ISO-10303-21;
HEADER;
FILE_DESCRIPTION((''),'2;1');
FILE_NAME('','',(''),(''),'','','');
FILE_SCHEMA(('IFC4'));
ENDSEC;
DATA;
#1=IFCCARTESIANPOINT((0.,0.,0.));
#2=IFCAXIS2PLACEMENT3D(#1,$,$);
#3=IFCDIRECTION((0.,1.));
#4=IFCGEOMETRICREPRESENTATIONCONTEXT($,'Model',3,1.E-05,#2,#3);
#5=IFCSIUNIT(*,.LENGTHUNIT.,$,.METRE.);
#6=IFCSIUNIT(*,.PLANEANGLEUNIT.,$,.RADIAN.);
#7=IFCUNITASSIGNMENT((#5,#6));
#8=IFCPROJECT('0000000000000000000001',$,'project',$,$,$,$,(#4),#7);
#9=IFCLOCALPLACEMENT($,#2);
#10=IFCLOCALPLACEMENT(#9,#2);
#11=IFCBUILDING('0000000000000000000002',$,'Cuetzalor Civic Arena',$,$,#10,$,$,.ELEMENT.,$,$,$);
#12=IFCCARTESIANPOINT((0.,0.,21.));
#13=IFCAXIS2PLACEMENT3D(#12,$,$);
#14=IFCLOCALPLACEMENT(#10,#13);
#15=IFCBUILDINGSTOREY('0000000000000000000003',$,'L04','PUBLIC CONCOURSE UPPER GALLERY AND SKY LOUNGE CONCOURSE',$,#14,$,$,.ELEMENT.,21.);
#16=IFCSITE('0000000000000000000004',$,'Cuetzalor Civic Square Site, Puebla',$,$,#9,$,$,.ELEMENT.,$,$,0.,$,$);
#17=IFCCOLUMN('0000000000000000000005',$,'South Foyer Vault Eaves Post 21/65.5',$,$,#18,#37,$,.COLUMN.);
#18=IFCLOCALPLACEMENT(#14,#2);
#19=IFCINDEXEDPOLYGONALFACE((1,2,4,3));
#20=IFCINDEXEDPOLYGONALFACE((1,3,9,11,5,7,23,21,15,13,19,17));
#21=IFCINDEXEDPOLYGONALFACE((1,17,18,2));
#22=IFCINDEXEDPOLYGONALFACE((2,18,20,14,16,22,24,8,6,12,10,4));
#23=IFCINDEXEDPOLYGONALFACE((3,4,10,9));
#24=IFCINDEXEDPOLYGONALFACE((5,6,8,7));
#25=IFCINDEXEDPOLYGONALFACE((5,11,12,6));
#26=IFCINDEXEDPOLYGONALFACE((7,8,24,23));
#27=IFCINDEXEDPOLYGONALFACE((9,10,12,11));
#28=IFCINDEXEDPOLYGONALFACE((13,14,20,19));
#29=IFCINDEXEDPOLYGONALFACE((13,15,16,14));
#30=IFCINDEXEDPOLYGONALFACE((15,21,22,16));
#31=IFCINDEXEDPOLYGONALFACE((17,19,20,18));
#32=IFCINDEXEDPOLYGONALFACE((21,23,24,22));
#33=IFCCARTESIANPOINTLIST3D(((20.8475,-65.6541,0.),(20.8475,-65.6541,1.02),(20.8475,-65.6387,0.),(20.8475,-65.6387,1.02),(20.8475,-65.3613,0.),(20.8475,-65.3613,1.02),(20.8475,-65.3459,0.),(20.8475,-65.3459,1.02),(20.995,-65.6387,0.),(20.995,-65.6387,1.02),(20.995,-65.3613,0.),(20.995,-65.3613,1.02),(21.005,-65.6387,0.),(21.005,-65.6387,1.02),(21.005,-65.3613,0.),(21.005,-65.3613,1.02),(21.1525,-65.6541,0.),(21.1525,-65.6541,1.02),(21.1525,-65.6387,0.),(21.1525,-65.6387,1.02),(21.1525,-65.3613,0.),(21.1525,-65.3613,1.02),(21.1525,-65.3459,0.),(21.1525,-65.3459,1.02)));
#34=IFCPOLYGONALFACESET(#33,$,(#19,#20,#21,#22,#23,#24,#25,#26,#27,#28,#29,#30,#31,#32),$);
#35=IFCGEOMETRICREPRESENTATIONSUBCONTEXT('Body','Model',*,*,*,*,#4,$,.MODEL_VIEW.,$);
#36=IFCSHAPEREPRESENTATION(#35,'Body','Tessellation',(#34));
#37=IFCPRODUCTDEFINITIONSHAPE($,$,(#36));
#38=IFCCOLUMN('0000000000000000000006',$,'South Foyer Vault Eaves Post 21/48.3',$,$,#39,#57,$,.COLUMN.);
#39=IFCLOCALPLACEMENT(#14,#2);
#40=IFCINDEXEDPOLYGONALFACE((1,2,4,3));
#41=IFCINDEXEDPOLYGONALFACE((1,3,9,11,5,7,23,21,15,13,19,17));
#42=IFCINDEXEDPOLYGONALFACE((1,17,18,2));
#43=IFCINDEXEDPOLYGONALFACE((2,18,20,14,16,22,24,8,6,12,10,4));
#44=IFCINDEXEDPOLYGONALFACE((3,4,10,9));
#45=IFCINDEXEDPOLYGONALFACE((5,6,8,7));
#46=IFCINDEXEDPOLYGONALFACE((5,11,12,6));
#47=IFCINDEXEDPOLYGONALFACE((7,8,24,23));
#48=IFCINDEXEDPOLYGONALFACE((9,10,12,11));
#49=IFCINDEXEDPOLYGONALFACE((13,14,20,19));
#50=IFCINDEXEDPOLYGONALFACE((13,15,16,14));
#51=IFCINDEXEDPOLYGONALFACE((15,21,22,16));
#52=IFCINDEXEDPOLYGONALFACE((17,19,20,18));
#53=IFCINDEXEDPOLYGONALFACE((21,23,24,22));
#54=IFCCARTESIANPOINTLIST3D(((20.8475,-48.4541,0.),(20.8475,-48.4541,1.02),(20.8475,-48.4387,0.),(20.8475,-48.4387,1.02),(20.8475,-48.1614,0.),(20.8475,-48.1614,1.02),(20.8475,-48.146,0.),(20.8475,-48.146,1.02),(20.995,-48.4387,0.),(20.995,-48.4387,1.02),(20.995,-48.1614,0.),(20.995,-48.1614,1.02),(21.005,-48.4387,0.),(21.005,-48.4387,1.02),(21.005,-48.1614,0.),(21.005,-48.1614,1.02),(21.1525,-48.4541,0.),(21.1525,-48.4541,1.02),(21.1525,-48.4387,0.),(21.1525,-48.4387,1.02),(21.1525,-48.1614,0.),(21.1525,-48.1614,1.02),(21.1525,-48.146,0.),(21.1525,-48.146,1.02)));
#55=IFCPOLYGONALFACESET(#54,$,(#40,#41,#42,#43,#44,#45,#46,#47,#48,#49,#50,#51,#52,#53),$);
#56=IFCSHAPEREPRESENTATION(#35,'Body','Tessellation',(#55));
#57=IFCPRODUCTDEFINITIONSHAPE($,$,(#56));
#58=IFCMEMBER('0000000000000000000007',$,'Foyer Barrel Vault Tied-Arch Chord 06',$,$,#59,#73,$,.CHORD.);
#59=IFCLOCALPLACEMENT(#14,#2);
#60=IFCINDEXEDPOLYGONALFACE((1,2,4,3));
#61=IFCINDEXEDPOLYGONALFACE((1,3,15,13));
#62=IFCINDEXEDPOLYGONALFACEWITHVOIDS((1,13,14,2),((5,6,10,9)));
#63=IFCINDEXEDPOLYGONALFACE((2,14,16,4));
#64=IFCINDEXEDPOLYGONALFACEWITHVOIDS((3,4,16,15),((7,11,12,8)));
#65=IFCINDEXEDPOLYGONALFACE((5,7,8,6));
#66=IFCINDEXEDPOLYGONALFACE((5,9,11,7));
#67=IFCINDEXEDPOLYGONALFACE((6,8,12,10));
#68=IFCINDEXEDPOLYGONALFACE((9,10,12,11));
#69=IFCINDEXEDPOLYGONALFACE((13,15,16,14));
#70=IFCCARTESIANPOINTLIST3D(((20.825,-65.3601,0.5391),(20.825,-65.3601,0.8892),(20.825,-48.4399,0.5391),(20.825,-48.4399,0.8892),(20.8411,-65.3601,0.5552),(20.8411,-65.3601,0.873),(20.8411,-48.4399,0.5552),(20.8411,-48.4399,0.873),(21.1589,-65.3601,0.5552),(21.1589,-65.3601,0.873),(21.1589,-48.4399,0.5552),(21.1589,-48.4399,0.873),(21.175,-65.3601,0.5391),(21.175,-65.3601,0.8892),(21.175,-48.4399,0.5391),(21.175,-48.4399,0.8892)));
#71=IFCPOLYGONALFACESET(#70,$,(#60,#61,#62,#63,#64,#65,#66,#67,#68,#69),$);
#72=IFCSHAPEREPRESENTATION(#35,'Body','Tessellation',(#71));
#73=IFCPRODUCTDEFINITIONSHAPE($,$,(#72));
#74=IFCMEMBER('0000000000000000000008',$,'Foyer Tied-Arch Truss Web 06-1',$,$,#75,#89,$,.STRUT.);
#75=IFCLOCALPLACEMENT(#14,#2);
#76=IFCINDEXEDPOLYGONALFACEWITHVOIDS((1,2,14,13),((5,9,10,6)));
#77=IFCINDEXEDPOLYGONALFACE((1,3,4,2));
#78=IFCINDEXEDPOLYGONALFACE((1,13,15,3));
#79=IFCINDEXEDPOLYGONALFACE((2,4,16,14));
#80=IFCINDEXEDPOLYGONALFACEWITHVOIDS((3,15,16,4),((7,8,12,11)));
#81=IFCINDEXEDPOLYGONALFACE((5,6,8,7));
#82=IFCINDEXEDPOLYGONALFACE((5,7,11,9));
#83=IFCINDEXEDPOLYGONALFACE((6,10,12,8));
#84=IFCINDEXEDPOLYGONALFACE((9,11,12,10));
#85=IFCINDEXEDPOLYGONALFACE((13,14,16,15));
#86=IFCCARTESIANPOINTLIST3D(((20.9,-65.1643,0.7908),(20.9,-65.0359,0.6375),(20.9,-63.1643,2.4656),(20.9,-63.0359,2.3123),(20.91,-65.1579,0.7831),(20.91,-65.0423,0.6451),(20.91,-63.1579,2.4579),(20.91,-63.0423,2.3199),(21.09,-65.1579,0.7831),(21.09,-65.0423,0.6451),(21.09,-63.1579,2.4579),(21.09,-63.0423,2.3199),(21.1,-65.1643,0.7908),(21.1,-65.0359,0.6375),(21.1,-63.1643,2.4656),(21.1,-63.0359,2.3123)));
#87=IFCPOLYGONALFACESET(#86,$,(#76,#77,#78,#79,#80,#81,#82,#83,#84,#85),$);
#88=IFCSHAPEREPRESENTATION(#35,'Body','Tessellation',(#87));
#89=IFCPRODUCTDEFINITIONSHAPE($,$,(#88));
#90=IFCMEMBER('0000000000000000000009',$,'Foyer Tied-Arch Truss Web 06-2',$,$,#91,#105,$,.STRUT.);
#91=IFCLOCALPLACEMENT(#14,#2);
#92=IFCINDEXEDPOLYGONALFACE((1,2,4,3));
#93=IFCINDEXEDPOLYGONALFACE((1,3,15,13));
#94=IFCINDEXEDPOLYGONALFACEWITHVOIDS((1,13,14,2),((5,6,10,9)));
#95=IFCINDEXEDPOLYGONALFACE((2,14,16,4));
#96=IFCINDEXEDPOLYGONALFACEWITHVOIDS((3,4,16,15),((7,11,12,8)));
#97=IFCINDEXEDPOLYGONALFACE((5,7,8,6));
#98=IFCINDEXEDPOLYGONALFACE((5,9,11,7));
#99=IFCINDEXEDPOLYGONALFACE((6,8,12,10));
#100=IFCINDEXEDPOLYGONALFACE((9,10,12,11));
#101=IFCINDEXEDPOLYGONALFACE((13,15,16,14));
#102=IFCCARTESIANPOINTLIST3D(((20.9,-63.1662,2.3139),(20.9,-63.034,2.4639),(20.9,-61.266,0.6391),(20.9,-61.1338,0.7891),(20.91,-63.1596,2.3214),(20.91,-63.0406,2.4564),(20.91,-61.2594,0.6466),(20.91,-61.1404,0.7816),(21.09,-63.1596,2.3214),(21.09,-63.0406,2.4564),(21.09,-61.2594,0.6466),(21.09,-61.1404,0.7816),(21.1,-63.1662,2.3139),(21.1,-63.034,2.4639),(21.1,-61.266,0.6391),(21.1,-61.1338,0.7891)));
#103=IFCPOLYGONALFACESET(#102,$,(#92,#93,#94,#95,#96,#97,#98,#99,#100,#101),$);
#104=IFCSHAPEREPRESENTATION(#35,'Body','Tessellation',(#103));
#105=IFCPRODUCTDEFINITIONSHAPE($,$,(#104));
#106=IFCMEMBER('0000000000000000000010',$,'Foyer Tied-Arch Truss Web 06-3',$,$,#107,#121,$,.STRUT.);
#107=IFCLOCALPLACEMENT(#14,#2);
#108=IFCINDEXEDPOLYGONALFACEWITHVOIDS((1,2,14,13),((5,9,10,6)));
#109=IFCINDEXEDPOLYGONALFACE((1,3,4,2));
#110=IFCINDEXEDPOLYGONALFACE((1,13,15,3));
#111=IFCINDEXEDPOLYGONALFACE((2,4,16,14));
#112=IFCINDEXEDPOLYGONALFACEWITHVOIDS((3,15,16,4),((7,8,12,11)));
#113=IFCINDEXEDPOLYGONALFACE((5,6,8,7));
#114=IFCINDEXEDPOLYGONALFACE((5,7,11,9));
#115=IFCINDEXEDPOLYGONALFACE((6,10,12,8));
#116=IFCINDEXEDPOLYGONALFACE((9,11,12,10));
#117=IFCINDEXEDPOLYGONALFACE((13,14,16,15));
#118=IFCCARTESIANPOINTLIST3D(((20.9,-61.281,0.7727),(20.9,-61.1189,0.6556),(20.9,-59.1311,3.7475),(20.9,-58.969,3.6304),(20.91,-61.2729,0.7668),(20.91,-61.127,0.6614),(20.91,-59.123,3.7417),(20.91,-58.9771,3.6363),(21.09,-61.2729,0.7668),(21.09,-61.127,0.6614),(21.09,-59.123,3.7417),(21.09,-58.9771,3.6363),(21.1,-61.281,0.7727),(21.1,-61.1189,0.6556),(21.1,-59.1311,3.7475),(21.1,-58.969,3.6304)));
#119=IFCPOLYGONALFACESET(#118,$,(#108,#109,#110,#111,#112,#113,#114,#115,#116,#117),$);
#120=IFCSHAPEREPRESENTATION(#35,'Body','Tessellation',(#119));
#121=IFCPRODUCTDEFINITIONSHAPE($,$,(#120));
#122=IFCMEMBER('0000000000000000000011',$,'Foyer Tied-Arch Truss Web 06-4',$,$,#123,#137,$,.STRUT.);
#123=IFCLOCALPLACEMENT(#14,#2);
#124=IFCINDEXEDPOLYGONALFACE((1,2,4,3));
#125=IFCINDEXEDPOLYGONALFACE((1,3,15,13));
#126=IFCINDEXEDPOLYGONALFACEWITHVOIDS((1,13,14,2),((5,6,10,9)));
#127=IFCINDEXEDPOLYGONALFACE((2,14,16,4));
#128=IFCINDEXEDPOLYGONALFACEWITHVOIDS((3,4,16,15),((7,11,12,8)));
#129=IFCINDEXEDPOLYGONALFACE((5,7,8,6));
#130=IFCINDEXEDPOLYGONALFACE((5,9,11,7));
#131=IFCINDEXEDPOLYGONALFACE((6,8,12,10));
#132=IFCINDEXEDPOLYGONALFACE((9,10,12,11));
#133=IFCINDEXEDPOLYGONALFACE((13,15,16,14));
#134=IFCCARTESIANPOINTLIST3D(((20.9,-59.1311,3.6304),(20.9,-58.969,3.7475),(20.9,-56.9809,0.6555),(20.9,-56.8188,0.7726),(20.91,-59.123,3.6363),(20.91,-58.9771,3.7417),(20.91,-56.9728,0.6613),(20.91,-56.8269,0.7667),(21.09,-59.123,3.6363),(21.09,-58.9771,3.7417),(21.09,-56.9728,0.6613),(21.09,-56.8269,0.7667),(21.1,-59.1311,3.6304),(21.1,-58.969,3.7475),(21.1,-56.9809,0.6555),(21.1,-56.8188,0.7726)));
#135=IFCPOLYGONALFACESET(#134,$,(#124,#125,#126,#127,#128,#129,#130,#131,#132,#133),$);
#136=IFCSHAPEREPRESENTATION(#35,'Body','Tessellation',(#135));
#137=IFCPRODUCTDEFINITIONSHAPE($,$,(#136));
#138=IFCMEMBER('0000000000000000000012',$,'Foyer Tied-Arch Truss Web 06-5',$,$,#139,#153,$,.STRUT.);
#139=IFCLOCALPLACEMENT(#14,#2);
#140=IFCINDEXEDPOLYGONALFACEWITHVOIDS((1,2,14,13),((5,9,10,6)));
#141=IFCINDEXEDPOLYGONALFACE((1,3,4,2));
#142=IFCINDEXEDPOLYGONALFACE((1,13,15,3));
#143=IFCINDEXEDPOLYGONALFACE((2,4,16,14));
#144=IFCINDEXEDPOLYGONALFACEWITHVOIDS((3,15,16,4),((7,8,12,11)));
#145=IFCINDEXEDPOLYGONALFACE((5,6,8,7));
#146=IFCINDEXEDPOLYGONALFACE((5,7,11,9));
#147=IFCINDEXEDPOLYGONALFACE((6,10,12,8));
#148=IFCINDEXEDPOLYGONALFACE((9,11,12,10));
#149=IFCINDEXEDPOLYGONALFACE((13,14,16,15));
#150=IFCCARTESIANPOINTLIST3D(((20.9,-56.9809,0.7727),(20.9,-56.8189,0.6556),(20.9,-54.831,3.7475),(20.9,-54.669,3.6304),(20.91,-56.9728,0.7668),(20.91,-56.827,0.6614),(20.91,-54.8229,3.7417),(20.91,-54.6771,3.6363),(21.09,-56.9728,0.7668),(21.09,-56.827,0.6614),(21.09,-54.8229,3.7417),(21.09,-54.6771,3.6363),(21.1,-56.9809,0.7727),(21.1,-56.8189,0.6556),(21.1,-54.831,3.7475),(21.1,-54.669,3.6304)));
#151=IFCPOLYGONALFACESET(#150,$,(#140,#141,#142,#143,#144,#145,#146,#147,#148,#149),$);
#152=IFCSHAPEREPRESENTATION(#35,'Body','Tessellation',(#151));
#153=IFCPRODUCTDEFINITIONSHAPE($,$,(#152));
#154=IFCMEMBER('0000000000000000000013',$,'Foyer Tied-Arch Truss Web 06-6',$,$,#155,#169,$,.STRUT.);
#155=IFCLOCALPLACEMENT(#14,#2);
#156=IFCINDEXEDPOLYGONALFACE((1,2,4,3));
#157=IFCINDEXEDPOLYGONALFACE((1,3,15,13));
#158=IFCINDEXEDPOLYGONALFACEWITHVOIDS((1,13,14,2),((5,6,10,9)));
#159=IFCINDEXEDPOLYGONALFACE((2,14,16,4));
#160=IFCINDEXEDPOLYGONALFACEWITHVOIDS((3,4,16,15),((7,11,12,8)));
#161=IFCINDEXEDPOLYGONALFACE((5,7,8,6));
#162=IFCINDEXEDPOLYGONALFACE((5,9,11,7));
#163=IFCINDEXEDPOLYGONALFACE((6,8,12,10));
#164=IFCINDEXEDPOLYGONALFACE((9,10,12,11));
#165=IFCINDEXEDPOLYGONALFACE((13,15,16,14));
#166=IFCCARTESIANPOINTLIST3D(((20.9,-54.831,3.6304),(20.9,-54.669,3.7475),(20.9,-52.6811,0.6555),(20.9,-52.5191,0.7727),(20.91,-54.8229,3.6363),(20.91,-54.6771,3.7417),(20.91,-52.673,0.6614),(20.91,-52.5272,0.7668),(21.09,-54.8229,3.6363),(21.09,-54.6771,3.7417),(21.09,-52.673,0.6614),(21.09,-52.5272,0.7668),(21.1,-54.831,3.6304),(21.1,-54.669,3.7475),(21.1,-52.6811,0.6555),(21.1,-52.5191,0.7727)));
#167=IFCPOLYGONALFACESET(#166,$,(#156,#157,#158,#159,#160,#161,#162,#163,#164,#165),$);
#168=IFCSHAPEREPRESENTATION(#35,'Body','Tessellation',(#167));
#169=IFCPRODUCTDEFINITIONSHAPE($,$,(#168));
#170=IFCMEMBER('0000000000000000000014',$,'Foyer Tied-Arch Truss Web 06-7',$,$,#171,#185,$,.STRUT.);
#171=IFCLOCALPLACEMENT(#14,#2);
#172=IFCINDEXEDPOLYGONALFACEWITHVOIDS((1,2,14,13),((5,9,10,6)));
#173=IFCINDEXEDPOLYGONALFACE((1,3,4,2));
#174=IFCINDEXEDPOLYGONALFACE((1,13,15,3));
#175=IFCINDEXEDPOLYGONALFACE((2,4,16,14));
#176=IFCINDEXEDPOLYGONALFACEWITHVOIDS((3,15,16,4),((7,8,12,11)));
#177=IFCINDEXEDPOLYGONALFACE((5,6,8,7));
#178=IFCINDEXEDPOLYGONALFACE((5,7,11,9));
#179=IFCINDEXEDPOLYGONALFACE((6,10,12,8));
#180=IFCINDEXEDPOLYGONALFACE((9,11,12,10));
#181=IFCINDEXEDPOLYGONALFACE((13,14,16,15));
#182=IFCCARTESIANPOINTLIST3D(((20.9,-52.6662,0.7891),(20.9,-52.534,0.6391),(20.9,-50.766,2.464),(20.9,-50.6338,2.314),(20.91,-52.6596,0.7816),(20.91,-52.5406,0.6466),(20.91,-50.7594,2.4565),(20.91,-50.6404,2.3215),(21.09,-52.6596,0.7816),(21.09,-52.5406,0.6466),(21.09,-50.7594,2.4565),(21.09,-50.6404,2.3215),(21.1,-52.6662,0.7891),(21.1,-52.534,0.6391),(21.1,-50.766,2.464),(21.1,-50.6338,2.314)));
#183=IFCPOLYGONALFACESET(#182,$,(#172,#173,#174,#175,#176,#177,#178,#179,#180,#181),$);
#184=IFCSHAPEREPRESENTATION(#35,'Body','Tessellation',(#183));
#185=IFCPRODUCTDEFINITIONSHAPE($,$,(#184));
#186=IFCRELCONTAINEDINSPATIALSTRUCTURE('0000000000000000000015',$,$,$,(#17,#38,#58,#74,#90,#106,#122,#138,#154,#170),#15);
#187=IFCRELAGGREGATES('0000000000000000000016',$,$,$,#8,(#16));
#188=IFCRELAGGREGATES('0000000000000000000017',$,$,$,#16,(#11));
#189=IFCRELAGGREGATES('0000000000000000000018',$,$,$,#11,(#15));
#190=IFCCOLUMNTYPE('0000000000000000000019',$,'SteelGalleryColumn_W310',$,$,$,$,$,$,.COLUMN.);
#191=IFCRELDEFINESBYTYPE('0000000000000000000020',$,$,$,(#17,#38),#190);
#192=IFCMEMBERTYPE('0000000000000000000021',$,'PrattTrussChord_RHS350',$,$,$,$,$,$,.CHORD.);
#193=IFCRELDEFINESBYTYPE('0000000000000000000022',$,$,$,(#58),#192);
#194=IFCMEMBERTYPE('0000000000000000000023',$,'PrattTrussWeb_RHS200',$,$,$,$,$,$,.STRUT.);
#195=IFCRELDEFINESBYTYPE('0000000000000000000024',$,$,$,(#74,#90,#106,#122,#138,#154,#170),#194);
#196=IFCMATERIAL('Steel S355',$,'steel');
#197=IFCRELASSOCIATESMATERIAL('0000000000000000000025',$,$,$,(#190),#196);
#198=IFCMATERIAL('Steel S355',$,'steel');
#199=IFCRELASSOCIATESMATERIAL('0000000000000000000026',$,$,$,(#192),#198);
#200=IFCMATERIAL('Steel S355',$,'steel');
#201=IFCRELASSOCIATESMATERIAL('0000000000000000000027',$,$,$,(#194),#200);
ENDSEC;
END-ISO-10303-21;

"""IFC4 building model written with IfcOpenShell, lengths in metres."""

from ifc_helpers import new_model, si_unit, direction, frame, origin, origin_2d, place, context, subcontext, project, spatial, hollow_rectangle, i_section, extrude, material, material_profile, profile_set, type_object, element, save


model = new_model("IFC4")

# Units and contexts
model_context = context("Model", 3, precision=1e-05, world=origin(), true_north=direction((0.0, 1.0)))
body_context = subcontext(model_context, "Body", "Model", "MODEL_VIEW")
ifc_project = project(units=[si_unit("LENGTHUNIT", "METRE"), si_unit("PLANEANGLEUNIT", "RADIAN")], contexts=[model_context])

# Site, building, storey
site_placement = place(None, origin())
site = spatial("IfcSite", under=ifc_project, at=site_placement, Name="Cuetzalor Civic Square Site, Puebla", CompositionType="ELEMENT", RefElevation=0.0)
building_placement = place(site_placement, origin())
building = spatial("IfcBuilding", under=site, at=building_placement, Name="Cuetzalor Civic Arena", CompositionType="ELEMENT")
storey_placement = place(building_placement, frame((0.0, 0.0, 21.0)))
storey = spatial("IfcBuildingStorey", under=building, at=storey_placement, Name="L04", Description="PUBLIC CONCOURSE UPPER GALLERY AND SKY LOUNGE CONCOURSE", CompositionType="ELEMENT", Elevation=21.0)

# Columns
ifc_material_1 = material(Name="Steel S355", Category="steel")
ifc_material_profile_1 = material_profile(ifc_material_1, i_section(OverallWidth=0.3049, OverallDepth=0.3081, WebThickness=0.01, FlangeThickness=0.0154, at=origin_2d()), Name="W310x97")
ifc_profile_set_1 = profile_set([ifc_material_profile_1], Name="Steel S355")
column_type = type_object("IfcColumnType", Name="SteelGalleryColumn_W310", PredefinedType="COLUMN", material=ifc_profile_set_1)
for number, where, z_axis, x_axis, name in (
    (1, (21.0, -65.5, 0.0), (0.0, 0.0, 1.0), (1.0, 0.0, 0.0), "South Foyer Vault Eaves Post 21/65.5"),
    (2, (21.0, -48.3, 0.0), (0.0, 0.0, 1.0), (1.0, 0.0, 0.0), "South Foyer Vault Eaves Post 21/48.3"),
):
    element("IfcColumn", number, at=place(storey_placement, frame(where, z_axis=z_axis, x_axis=x_axis)), inside=storey, type_object=column_type, Name=name, PredefinedType="COLUMN", context=body_context, shape_type="SweptSolid", body=[
        extrude(i_section(OverallWidth=0.3049, OverallDepth=0.3081, WebThickness=0.01, FlangeThickness=0.0154, at=origin_2d()), origin(), (0.0, 0.0, 1.0), 1.02),
    ])

# Members
ifc_material_2 = material(Name="Steel S355", Category="steel")
ifc_material_profile_2 = material_profile(ifc_material_2, hollow_rectangle(XDim=0.3501, YDim=0.3501, WallThickness=0.0161, at=origin_2d()), Name="RHS 350x350x16")
ifc_profile_set_2 = profile_set([ifc_material_profile_2], Name="Steel S355")
member_type_1 = type_object("IfcMemberType", Name="PrattTrussChord_RHS350", PredefinedType="CHORD", material=ifc_profile_set_2)
member_1_placement = place(storey_placement, frame((21.0, -65.3601, 0.7141), z_axis=(0.0, 1.0, 0.0), x_axis=(-1.0, 0.0, 0.0)))
element("IfcMember", 3, at=member_1_placement, inside=storey, type_object=member_type_1, Name="Foyer Barrel Vault Tied-Arch Chord 06", PredefinedType="CHORD", context=body_context, shape_type="SweptSolid", body=[
    extrude(hollow_rectangle(XDim=0.3501, YDim=0.3501, WallThickness=0.0161, at=origin_2d()), origin(), (0.0, 0.0, 1.0), 16.9202),
])
ifc_material_3 = material(Name="Steel S355", Category="steel")
ifc_material_profile_3 = material_profile(ifc_material_3, hollow_rectangle(XDim=0.2, YDim=0.2, WallThickness=0.01, at=origin_2d()), Name="RHS 200x200x10")
ifc_profile_set_3 = profile_set([ifc_material_profile_3], Name="Steel S355")
member_type_2 = type_object("IfcMemberType", Name="PrattTrussWeb_RHS200", PredefinedType="STRUT", material=ifc_profile_set_3)
member_2_placement = place(storey_placement, frame((21.0, -65.1001, 0.7141), z_axis=(0.0, 0.766685, 0.642024), x_axis=(-1.0, 0.0, 0.0)))
element("IfcMember", 4, at=member_2_placement, inside=storey, type_object=member_type_2, Name="Foyer Tied-Arch Truss Web 06-1", PredefinedType="STRUT", context=body_context, shape_type="SweptSolid", body=[
    extrude(hollow_rectangle(XDim=0.2, YDim=0.2, WallThickness=0.01, at=origin_2d()), origin(), (0.0, 0.0, 1.0), 2.6086),
])
member_3_placement = place(storey_placement, frame((21.0, -63.1001, 2.3889), z_axis=(0.0, 0.750189, -0.661223), x_axis=(-1.0, 0.0, 0.0)))
element("IfcMember", 5, at=member_3_placement, inside=storey, type_object=member_type_2, Name="Foyer Tied-Arch Truss Web 06-2", PredefinedType="STRUT", context=body_context, shape_type="SweptSolid", body=[
    extrude(hollow_rectangle(XDim=0.2, YDim=0.2, WallThickness=0.01, at=origin_2d()), origin(), (0.0, 0.0, 1.0), 2.533),
])
member_4_placement = place(storey_placement, frame((21.0, -61.2, 0.7141), z_axis=(0.0, 0.585741, 0.810499), x_axis=(-1.0, 0.0, 0.0)))
element("IfcMember", 6, at=member_4_placement, inside=storey, type_object=member_type_2, Name="Foyer Tied-Arch Truss Web 06-3", PredefinedType="STRUT", context=body_context, shape_type="SweptSolid", body=[
    extrude(hollow_rectangle(XDim=0.2, YDim=0.2, WallThickness=0.01, at=origin_2d()), origin(), (0.0, 0.0, 1.0), 3.6704),
])
member_5_placement = place(storey_placement, frame((21.0, -59.05, 3.689), z_axis=(0.0, 0.585784, -0.810467), x_axis=(-1.0, 0.0, 0.0)))
element("IfcMember", 7, at=member_5_placement, inside=storey, type_object=member_type_2, Name="Foyer Tied-Arch Truss Web 06-4", PredefinedType="STRUT", context=body_context, shape_type="SweptSolid", body=[
    extrude(hollow_rectangle(XDim=0.2, YDim=0.2, WallThickness=0.01, at=origin_2d()), origin(), (0.0, 0.0, 1.0), 3.6707),
])
for number, where, z_axis, x_axis, name in (
    (8, (21.0, -56.8999, 0.7141), (0.0, 0.585741, 0.810499), (-1.0, 0.0, 0.0), "Foyer Tied-Arch Truss Web 06-5"),
    (9, (21.0, -54.75, 3.689), (0.0, 0.585741, -0.810499), (-1.0, 0.0, 0.0), "Foyer Tied-Arch Truss Web 06-6"),
):
    element("IfcMember", number, at=place(storey_placement, frame(where, z_axis=z_axis, x_axis=x_axis)), inside=storey, type_object=member_type_2, Name=name, PredefinedType="STRUT", context=body_context, shape_type="SweptSolid", body=[
        extrude(hollow_rectangle(XDim=0.2, YDim=0.2, WallThickness=0.01, at=origin_2d()), origin(), (0.0, 0.0, 1.0), 3.6704),
    ])
member_6_placement = place(storey_placement, frame((21.0, -52.6001, 0.7141), z_axis=(0.0, 0.750189, 0.661223), x_axis=(-1.0, 0.0, 0.0)))
element("IfcMember", 10, at=member_6_placement, inside=storey, type_object=member_type_2, Name="Foyer Tied-Arch Truss Web 06-7", PredefinedType="STRUT", context=body_context, shape_type="SweptSolid", body=[
    extrude(hollow_rectangle(XDim=0.2, YDim=0.2, WallThickness=0.01, at=origin_2d()), origin(), (0.0, 0.0, 1.0), 2.533),
])

save(model, "model.ifc")
